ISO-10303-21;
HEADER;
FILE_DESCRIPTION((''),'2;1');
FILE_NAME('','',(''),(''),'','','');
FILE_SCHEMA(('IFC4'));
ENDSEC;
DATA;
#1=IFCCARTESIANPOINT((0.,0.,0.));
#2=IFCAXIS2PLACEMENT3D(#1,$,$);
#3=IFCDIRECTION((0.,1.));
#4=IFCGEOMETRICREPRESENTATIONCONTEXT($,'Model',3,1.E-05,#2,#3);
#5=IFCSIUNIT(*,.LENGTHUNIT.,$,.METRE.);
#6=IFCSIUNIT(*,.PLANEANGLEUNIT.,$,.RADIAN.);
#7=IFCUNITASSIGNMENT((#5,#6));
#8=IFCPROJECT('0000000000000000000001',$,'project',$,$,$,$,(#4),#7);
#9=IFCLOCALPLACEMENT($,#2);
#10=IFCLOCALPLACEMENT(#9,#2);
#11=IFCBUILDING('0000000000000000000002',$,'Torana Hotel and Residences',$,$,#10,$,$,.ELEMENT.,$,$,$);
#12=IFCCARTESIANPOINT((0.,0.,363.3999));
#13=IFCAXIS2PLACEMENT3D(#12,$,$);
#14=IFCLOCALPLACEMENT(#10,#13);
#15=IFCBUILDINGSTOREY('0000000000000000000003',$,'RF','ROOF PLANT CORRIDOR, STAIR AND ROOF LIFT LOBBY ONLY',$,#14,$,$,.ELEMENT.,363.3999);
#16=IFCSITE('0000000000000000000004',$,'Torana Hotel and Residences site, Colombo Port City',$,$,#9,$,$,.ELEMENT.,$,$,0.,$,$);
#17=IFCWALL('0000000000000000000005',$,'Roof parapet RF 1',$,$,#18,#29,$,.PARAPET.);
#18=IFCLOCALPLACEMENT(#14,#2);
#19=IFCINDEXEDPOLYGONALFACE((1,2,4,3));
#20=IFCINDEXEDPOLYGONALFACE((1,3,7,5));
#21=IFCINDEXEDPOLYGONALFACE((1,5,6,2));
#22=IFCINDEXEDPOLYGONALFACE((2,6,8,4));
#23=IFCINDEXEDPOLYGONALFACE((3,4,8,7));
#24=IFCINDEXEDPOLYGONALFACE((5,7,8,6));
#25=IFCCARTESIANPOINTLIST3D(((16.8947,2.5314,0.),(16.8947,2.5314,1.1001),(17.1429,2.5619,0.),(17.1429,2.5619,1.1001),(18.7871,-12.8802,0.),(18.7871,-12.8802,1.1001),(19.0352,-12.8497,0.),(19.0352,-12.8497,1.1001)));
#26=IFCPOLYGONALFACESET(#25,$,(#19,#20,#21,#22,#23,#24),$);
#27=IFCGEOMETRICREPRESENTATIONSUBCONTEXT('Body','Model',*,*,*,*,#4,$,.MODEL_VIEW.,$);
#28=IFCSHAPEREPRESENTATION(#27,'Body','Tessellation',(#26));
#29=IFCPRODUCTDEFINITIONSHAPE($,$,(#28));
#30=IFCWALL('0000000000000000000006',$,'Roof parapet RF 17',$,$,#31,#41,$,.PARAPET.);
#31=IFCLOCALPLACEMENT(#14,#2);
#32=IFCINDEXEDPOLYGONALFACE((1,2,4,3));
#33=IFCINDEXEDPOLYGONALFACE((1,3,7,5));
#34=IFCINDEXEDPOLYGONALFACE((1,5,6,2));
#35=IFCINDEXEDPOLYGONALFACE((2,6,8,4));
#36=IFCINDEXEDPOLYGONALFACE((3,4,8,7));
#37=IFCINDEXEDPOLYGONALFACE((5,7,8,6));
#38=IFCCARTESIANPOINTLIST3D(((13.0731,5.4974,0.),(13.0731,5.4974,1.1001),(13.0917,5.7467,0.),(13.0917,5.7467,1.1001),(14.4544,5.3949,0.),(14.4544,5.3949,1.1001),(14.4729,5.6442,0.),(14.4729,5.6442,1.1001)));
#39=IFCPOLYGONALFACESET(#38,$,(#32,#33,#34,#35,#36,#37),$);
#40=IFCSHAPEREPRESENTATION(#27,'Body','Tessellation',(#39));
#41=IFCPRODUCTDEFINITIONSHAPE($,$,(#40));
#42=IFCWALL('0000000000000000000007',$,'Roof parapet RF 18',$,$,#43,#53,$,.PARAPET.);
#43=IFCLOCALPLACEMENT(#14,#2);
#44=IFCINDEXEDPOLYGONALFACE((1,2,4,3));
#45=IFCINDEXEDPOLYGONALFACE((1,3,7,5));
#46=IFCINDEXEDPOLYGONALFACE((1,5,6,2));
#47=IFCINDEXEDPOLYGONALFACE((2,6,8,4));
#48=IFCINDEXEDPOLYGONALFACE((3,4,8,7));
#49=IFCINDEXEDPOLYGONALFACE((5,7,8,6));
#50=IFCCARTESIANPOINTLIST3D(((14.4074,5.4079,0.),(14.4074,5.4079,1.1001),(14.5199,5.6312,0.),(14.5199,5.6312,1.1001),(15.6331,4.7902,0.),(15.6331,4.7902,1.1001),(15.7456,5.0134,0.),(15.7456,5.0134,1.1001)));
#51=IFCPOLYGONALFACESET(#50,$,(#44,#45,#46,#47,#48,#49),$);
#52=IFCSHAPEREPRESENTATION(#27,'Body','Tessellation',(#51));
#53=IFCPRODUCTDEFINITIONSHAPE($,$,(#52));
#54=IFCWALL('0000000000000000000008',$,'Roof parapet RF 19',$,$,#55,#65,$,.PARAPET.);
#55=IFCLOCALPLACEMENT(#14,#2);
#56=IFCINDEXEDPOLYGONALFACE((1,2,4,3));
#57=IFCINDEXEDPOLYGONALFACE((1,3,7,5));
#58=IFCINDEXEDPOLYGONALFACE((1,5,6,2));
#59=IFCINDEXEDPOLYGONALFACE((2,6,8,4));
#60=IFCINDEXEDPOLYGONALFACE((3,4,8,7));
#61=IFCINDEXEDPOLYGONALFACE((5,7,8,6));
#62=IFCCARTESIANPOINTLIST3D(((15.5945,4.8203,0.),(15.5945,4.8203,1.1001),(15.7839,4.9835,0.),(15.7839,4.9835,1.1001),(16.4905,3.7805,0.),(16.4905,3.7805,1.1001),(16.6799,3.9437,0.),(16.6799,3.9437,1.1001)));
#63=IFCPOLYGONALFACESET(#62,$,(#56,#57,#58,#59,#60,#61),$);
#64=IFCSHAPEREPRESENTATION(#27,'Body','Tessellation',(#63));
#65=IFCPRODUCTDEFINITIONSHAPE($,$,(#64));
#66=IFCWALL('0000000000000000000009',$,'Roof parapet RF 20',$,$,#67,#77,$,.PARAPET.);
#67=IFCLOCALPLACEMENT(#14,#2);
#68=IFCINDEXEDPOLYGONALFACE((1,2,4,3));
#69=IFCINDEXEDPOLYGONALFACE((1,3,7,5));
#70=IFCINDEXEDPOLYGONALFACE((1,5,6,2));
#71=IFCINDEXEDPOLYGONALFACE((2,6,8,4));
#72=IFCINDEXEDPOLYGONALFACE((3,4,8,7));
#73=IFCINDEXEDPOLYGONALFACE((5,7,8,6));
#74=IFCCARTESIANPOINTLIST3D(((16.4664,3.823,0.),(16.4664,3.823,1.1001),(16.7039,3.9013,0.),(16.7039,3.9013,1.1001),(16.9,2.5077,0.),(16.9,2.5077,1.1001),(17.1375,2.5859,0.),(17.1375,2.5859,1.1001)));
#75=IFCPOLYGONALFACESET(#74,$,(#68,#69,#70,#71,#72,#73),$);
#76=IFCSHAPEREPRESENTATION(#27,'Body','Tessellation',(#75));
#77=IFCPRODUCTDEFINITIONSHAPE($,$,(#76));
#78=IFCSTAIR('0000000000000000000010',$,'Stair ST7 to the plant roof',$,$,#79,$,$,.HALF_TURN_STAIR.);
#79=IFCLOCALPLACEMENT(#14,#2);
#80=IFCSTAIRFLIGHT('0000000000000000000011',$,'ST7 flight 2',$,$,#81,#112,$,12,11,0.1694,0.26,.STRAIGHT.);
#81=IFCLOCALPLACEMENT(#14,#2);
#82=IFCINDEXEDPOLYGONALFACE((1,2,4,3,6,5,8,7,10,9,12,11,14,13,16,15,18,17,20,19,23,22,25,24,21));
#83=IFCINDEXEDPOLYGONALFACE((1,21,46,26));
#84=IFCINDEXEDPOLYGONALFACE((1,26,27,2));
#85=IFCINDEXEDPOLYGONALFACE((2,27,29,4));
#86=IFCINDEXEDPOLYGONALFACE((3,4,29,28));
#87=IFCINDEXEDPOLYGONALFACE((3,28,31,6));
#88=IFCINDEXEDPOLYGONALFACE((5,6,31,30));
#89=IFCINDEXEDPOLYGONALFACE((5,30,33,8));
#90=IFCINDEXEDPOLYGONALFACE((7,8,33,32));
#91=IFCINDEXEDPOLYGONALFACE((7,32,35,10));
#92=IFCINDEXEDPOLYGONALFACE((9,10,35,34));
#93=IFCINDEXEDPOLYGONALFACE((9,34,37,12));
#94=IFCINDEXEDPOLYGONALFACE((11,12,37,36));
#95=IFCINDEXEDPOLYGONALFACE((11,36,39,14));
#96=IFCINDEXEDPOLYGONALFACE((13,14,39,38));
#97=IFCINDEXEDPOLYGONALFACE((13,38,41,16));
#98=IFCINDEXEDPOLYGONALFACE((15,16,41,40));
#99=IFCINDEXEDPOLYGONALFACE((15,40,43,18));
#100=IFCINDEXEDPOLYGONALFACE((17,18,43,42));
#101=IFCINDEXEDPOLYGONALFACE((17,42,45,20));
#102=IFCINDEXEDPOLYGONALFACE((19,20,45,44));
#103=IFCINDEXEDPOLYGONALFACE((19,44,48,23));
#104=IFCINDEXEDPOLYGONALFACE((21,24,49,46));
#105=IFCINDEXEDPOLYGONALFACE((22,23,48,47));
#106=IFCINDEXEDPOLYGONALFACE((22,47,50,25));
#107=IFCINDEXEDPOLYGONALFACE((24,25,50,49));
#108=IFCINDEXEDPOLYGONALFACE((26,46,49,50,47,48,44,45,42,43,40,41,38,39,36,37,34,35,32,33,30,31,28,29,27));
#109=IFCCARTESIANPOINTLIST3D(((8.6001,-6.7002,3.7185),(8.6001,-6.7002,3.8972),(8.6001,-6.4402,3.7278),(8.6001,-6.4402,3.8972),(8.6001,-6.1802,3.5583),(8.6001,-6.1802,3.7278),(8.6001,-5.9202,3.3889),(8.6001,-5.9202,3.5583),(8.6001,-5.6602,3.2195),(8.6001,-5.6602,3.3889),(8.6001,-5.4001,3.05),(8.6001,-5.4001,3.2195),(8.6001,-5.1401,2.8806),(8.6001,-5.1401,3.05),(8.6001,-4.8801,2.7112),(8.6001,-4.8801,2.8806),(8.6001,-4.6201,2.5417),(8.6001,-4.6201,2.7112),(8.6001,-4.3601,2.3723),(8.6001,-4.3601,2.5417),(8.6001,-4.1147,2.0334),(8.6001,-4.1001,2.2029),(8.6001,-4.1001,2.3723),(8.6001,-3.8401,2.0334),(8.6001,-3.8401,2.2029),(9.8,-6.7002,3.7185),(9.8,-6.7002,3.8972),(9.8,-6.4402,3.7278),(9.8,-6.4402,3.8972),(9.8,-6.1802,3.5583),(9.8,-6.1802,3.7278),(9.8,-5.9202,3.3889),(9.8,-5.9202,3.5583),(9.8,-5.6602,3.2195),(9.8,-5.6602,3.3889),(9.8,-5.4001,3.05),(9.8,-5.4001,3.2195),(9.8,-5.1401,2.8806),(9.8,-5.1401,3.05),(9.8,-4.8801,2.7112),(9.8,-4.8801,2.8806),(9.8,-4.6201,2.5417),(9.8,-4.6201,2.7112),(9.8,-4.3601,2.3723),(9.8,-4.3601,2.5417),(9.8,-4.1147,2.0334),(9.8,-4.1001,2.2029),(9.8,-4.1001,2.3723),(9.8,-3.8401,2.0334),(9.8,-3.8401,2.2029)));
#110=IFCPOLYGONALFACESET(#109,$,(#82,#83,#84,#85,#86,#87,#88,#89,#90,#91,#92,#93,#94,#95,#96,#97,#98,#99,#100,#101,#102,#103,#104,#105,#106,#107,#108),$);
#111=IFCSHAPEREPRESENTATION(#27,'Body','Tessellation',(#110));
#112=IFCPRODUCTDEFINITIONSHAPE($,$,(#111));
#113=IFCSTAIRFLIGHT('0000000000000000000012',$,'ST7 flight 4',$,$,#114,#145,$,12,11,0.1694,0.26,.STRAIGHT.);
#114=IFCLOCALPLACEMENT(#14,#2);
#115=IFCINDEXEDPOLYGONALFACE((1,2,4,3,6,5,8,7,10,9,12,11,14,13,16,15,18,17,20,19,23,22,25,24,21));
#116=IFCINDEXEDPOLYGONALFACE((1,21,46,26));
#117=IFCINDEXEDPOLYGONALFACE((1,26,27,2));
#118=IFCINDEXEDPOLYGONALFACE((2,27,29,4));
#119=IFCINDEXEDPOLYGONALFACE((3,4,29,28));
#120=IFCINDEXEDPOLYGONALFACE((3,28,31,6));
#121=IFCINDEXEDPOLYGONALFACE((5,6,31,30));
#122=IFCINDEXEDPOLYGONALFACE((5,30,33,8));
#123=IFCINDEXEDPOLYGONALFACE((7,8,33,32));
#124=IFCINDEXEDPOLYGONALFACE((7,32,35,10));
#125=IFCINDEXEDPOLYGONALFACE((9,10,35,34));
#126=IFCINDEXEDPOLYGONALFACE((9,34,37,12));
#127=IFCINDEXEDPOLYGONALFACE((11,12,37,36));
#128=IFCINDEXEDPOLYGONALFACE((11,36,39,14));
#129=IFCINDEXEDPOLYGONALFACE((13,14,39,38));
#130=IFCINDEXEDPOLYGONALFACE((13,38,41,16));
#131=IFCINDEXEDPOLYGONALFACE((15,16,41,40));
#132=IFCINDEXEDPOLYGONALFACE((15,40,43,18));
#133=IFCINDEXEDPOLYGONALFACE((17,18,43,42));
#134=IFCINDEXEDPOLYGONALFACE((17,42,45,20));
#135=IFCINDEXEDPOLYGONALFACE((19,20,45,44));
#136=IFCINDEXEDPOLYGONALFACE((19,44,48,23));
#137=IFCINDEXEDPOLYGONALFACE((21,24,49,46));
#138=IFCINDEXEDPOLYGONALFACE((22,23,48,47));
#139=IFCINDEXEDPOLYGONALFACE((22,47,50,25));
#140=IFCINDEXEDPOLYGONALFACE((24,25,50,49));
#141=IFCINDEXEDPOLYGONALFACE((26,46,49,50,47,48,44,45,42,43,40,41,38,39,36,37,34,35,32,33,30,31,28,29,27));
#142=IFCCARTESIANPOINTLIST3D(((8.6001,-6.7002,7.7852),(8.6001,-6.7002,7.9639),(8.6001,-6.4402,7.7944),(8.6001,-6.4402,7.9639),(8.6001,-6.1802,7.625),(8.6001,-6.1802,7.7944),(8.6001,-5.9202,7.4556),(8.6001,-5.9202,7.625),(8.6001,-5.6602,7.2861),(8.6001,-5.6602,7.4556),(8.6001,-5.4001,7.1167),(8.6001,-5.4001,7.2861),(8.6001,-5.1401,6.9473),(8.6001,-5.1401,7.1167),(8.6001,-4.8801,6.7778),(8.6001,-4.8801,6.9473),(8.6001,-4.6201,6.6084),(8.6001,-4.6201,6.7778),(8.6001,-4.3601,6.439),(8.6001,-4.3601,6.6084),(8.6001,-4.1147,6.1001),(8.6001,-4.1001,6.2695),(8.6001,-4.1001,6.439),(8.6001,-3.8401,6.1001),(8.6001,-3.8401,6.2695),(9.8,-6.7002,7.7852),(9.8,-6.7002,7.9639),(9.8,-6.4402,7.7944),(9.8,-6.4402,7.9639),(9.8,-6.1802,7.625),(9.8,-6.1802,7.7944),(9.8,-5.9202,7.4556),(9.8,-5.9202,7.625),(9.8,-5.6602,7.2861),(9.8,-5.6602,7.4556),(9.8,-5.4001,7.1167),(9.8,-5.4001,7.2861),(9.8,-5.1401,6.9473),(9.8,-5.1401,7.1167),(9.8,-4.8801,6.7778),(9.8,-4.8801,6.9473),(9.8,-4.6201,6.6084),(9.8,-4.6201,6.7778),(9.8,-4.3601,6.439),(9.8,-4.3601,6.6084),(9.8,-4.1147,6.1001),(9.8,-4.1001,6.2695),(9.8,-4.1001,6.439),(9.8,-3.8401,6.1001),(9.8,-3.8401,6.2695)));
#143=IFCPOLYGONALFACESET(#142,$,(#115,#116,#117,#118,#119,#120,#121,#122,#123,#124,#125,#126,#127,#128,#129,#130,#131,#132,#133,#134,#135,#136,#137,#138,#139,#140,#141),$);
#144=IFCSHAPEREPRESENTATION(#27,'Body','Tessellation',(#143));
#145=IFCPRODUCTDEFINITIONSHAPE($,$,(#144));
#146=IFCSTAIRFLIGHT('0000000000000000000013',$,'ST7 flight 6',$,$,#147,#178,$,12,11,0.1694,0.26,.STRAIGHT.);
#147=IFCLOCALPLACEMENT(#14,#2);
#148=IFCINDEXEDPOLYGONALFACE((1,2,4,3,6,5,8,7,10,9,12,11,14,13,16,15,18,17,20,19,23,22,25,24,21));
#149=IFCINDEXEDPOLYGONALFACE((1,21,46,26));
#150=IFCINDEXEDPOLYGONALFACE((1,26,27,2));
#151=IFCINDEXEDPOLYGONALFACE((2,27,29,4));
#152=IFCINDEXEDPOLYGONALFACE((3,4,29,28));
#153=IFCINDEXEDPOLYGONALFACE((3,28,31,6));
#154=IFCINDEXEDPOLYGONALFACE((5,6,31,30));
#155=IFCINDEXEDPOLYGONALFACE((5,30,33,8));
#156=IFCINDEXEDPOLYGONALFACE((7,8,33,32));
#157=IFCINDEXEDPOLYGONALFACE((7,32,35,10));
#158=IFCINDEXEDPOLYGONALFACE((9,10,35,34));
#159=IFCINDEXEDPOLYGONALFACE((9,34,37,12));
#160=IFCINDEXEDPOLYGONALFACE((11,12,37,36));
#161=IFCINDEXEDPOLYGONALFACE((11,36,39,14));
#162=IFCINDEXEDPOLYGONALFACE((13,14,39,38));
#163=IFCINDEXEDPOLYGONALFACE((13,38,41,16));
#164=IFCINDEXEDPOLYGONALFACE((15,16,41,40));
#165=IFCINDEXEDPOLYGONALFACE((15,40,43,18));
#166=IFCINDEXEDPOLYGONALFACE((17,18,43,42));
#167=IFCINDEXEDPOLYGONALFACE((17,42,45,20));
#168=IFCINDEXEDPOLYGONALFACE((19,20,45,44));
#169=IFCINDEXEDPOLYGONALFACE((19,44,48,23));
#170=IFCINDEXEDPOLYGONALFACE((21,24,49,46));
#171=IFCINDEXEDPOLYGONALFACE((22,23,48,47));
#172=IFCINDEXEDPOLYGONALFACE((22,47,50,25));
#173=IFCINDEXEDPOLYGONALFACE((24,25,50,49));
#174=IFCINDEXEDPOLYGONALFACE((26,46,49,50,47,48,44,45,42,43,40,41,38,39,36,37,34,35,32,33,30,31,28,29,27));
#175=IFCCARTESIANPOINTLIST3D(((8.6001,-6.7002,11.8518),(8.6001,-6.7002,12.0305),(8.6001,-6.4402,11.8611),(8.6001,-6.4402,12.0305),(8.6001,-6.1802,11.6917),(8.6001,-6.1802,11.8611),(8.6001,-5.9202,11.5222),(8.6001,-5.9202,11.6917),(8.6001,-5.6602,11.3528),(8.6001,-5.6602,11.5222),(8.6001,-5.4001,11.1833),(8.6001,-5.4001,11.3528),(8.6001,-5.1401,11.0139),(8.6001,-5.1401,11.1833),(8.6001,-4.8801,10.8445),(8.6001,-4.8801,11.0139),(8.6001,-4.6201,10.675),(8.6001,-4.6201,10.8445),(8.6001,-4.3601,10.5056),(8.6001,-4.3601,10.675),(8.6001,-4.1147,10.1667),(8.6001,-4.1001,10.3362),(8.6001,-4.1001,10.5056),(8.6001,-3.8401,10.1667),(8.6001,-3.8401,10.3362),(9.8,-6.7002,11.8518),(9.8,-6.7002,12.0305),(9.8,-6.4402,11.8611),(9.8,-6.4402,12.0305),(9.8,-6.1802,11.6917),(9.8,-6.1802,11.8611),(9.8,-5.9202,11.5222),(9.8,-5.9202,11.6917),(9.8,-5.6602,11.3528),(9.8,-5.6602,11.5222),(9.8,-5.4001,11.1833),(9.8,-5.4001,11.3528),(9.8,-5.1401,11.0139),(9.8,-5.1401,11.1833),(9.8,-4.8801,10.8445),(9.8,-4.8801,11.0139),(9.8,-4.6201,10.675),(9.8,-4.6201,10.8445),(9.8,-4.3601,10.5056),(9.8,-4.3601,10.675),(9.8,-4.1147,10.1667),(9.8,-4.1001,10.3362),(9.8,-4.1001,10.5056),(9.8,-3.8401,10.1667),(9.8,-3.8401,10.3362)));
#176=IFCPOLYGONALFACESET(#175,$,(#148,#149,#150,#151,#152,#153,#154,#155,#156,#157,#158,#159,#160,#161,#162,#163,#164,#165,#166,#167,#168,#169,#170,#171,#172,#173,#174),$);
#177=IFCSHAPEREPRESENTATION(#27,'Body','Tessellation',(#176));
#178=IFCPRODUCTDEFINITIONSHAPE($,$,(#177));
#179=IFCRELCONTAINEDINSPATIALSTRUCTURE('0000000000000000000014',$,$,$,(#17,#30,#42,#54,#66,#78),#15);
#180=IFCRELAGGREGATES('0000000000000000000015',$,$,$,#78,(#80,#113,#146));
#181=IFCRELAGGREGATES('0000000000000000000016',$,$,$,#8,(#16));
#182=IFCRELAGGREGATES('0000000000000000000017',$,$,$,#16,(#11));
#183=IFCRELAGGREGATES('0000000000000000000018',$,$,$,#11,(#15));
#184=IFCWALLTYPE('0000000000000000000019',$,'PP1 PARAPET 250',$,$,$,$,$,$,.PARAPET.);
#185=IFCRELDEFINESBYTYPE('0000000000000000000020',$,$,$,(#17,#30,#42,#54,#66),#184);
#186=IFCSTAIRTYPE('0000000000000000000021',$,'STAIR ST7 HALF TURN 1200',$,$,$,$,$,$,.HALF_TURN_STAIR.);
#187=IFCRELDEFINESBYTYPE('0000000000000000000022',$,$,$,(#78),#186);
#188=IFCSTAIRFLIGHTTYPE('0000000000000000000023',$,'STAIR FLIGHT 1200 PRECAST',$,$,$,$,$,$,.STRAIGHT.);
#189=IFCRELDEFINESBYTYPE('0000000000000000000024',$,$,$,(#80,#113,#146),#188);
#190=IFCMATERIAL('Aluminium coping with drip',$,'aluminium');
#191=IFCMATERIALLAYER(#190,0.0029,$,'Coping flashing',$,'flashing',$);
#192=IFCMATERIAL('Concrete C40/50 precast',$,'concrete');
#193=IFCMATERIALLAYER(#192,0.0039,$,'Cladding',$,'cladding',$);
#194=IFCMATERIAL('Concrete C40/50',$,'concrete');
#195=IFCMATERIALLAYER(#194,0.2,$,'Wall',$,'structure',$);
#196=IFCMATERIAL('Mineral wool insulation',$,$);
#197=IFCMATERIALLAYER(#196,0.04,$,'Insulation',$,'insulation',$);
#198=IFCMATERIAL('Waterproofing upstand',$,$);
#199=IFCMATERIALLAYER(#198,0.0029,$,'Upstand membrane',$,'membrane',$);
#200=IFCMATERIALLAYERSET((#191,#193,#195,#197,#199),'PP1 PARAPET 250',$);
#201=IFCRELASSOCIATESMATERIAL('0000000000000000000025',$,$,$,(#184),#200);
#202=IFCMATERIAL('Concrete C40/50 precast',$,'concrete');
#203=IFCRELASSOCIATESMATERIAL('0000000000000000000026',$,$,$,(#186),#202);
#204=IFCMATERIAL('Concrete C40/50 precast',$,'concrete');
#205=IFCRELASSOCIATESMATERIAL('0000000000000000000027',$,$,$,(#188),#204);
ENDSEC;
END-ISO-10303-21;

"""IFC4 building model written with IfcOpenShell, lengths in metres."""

from ifc_helpers import new_model, si_unit, direction, frame, frame_2d, origin, place, context, subcontext, project, spatial, polyline, rectangle, outline, extrude, material, layer, layer_set, type_object, element, aggregate, save


model = new_model("IFC4")

# Units and contexts
model_context = context("Model", 3, precision=1e-05, world=origin(), true_north=direction((0.0, 1.0)))
body_context = subcontext(model_context, "Body", "Model", "MODEL_VIEW")
ifc_project = project(units=[si_unit("LENGTHUNIT", "METRE"), si_unit("PLANEANGLEUNIT", "RADIAN")], contexts=[model_context])

# Site, building, storey
site_placement = place(None, origin())
site = spatial("IfcSite", under=ifc_project, at=site_placement, Name="Torana Hotel and Residences site, Colombo Port City", CompositionType="ELEMENT", RefElevation=0.0)
building_placement = place(site_placement, origin())
building = spatial("IfcBuilding", under=site, at=building_placement, Name="Torana Hotel and Residences", CompositionType="ELEMENT")
storey_placement = place(building_placement, frame((0.0, 0.0, 363.3999)))
storey = spatial("IfcBuildingStorey", under=building, at=storey_placement, Name="RF", Description="ROOF PLANT CORRIDOR, STAIR AND ROOF LIFT LOBBY ONLY", CompositionType="ELEMENT", Elevation=363.3999)

# Walls
ifc_material_1 = material(Name="Aluminium coping with drip", Category="aluminium")
ifc_layer_1 = layer(ifc_material_1, 0.0029, Name="Coping flashing", Category="flashing")
ifc_material_2 = material(Name="Concrete C40/50 precast", Category="concrete")
ifc_layer_2 = layer(ifc_material_2, 0.0039, Name="Cladding", Category="cladding")
ifc_material_3 = material(Name="Concrete C40/50", Category="concrete")
ifc_layer_3 = layer(ifc_material_3, 0.2, Name="Wall", Category="structure")
ifc_material_4 = material(Name="Mineral wool insulation")
ifc_layer_4 = layer(ifc_material_4, 0.04, Name="Insulation", Category="insulation")
ifc_material_5 = material(Name="Waterproofing upstand")
ifc_layer_5 = layer(ifc_material_5, 0.0029, Name="Upstand membrane", Category="membrane")
ifc_layer_set_1 = layer_set([ifc_layer_1, ifc_layer_2, ifc_layer_3, ifc_layer_4, ifc_layer_5], Name="PP1 PARAPET 250")
wall_type_1 = type_object("IfcWallType", Name="PP1 PARAPET 250", PredefinedType="PARAPET", material=ifc_layer_set_1)
wall_1_placement = place(storey_placement, frame((17.0188, 2.5466, 0.0), z_axis=(0.0, 0.0, 1.0), x_axis=(0.121871, -0.992546, 0.0)))
element("IfcWall", 1, at=wall_1_placement, inside=storey, type_object=wall_type_1, Name="Roof parapet RF 1", PredefinedType="PARAPET", context=body_context, shape_type="SweptSolid", body=[
    extrude(rectangle(XDim=15.5273, YDim=0.25, at=frame_2d((7.7637, 0.0))), origin(), (0.0, 0.0, 1.0), 1.1001),
])
wall_2_placement = place(storey_placement, frame((13.0825, 5.6221, 0.0), z_axis=(0.0, 0.0, 1.0), x_axis=(0.997255, -0.074041, 0.0)))
element("IfcWall", 2, at=wall_2_placement, inside=storey, type_object=wall_type_1, Name="Roof parapet RF 17", PredefinedType="PARAPET", context=body_context, shape_type="SweptSolid", body=[
    extrude(rectangle(XDim=1.385, YDim=0.25, at=frame_2d((0.6924, 0.0))), origin(), (0.0, 0.0, 1.0), 1.1001),
])
for number, where, z_axis, x_axis, name in (
    (3, (14.4636, 5.5195, 0.0), (0.0, 0.0, 1.0), (0.893, -0.450058, 0.0), "Roof parapet RF 18"),
    (4, (15.6892, 4.9019, 0.0), (0.0, 0.0, 1.0), (0.652781, -0.757546, 0.0), "Roof parapet RF 19"),
):
    element("IfcWall", number, at=place(storey_placement, frame(where, z_axis=z_axis, x_axis=x_axis)), inside=storey, type_object=wall_type_1, Name=name, PredefinedType="PARAPET", context=body_context, shape_type="SweptSolid", body=[
        extrude(rectangle(XDim=1.3726, YDim=0.25, at=frame_2d((0.6863, 0.0))), origin(), (0.0, 0.0, 1.0), 1.1001),
    ])
wall_3_placement = place(storey_placement, frame((16.5852, 3.8621, 0.0), z_axis=(0.0, 0.0, 1.0), x_axis=(0.313053, -0.949736, 0.0)))
element("IfcWall", 5, at=wall_3_placement, inside=storey, type_object=wall_type_1, Name="Roof parapet RF 20", PredefinedType="PARAPET", context=body_context, shape_type="SweptSolid", body=[
    extrude(rectangle(XDim=1.385, YDim=0.25, at=frame_2d((0.6924, 0.0))), origin(), (0.0, 0.0, 1.0), 1.1001),
])

# Stair, stair flights
ifc_material_6 = material(Name="Concrete C40/50 precast", Category="concrete")
stair_type = type_object("IfcStairType", Name="STAIR ST7 HALF TURN 1200", PredefinedType="HALF_TURN_STAIR", material=ifc_material_6)
stair_placement = place(storey_placement, origin())
stair = element("IfcStair", 6, at=stair_placement, inside=storey, type_object=stair_type, Name="Stair ST7 to the plant roof", PredefinedType="HALF_TURN_STAIR")
ifc_material_7 = material(Name="Concrete C40/50 precast", Category="concrete")
stair_flight_type = type_object("IfcStairFlightType", Name="STAIR FLIGHT 1200 PRECAST", PredefinedType="STRAIGHT", material=ifc_material_7)
stair_flight_1_placement = place(storey_placement, frame((9.2, -3.8401, 2.0334), z_axis=(0.0, 0.0, 1.0), x_axis=(0.0, -1.0, 0.0)))
stair_flight_1 = element("IfcStairFlight", 7, at=stair_flight_1_placement, type_object=stair_flight_type, Name="ST7 flight 2", NumberOfRisers=12, NumberOfTreads=11, PredefinedType="STRAIGHT", RiserHeight=0.1694, TreadLength=0.26, context=body_context, shape_type="SweptSolid", body=[
    extrude(outline(polyline([(0.0, 0.0), (0.0, 0.1694), (0.26, 0.1694), (0.26, 0.3389), (0.52, 0.3389), (0.52, 0.5083), (0.78, 0.5083), (0.78, 0.6777), (1.04, 0.6777), (1.04, 0.8472), (1.3, 0.8472), (1.3, 1.0166), (1.5601, 1.0166), (1.5601, 1.186), (1.8201, 1.186), (1.8201, 1.3555), (2.0801, 1.3555), (2.0801, 1.5249), (2.3401, 1.5249), (2.3401, 1.6943), (2.6001, 1.6943), (2.6001, 1.8638), (2.8601, 1.8638), (2.8601, 2.0334), (2.8601, 1.6851), (0.2747, 0.0), (0.0, 0.0)])), frame((0.0, 0.6001, 0.0), z_axis=(0.0, -1.0, 0.0), x_axis=(1.0, 0.0, 0.0)), (0.0, 0.0, 1.0), 1.2),
])
stair_flight_2_placement = place(storey_placement, frame((9.2, -3.8401, 6.1001), z_axis=(0.0, 0.0, 1.0), x_axis=(0.0, -1.0, 0.0)))
stair_flight_2 = element("IfcStairFlight", 8, at=stair_flight_2_placement, type_object=stair_flight_type, Name="ST7 flight 4", NumberOfRisers=12, NumberOfTreads=11, PredefinedType="STRAIGHT", RiserHeight=0.1694, TreadLength=0.26, context=body_context, shape_type="SweptSolid", body=[
    extrude(outline(polyline([(0.0, 0.0), (0.0, 0.1694), (0.26, 0.1694), (0.26, 0.3389), (0.52, 0.3389), (0.52, 0.5083), (0.78, 0.5083), (0.78, 0.6777), (1.04, 0.6777), (1.04, 0.8472), (1.3, 0.8472), (1.3, 1.0166), (1.5601, 1.0166), (1.5601, 1.186), (1.8201, 1.186), (1.8201, 1.3555), (2.0801, 1.3555), (2.0801, 1.5249), (2.3401, 1.5249), (2.3401, 1.6943), (2.6001, 1.6943), (2.6001, 1.8638), (2.8601, 1.8638), (2.8601, 2.0334), (2.8601, 1.6851), (0.2747, 0.0), (0.0, 0.0)])), frame((0.0, 0.6001, 0.0), z_axis=(0.0, -1.0, 0.0), x_axis=(1.0, 0.0, 0.0)), (0.0, 0.0, 1.0), 1.2),
])
stair_flight_3_placement = place(storey_placement, frame((9.2, -3.8401, 10.1667), z_axis=(0.0, 0.0, 1.0), x_axis=(0.0, -1.0, 0.0)))
stair_flight_3 = element("IfcStairFlight", 9, at=stair_flight_3_placement, type_object=stair_flight_type, Name="ST7 flight 6", NumberOfRisers=12, NumberOfTreads=11, PredefinedType="STRAIGHT", RiserHeight=0.1694, TreadLength=0.26, context=body_context, shape_type="SweptSolid", body=[
    extrude(outline(polyline([(0.0, 0.0), (0.0, 0.1694), (0.26, 0.1694), (0.26, 0.3389), (0.52, 0.3389), (0.52, 0.5083), (0.78, 0.5083), (0.78, 0.6777), (1.04, 0.6777), (1.04, 0.8472), (1.3, 0.8472), (1.3, 1.0166), (1.5601, 1.0166), (1.5601, 1.186), (1.8201, 1.186), (1.8201, 1.3555), (2.0801, 1.3555), (2.0801, 1.5249), (2.3401, 1.5249), (2.3401, 1.6943), (2.6001, 1.6943), (2.6001, 1.8638), (2.8601, 1.8638), (2.8601, 2.0334), (2.8601, 1.6851), (0.2747, 0.0), (0.0, 0.0)])), frame((0.0, 0.6001, 0.0), z_axis=(0.0, -1.0, 0.0), x_axis=(1.0, 0.0, 0.0)), (0.0, 0.0, 1.0), 1.2),
])
aggregate(stair, [stair_flight_1, stair_flight_2, stair_flight_3])

save(model, "model.ifc")
